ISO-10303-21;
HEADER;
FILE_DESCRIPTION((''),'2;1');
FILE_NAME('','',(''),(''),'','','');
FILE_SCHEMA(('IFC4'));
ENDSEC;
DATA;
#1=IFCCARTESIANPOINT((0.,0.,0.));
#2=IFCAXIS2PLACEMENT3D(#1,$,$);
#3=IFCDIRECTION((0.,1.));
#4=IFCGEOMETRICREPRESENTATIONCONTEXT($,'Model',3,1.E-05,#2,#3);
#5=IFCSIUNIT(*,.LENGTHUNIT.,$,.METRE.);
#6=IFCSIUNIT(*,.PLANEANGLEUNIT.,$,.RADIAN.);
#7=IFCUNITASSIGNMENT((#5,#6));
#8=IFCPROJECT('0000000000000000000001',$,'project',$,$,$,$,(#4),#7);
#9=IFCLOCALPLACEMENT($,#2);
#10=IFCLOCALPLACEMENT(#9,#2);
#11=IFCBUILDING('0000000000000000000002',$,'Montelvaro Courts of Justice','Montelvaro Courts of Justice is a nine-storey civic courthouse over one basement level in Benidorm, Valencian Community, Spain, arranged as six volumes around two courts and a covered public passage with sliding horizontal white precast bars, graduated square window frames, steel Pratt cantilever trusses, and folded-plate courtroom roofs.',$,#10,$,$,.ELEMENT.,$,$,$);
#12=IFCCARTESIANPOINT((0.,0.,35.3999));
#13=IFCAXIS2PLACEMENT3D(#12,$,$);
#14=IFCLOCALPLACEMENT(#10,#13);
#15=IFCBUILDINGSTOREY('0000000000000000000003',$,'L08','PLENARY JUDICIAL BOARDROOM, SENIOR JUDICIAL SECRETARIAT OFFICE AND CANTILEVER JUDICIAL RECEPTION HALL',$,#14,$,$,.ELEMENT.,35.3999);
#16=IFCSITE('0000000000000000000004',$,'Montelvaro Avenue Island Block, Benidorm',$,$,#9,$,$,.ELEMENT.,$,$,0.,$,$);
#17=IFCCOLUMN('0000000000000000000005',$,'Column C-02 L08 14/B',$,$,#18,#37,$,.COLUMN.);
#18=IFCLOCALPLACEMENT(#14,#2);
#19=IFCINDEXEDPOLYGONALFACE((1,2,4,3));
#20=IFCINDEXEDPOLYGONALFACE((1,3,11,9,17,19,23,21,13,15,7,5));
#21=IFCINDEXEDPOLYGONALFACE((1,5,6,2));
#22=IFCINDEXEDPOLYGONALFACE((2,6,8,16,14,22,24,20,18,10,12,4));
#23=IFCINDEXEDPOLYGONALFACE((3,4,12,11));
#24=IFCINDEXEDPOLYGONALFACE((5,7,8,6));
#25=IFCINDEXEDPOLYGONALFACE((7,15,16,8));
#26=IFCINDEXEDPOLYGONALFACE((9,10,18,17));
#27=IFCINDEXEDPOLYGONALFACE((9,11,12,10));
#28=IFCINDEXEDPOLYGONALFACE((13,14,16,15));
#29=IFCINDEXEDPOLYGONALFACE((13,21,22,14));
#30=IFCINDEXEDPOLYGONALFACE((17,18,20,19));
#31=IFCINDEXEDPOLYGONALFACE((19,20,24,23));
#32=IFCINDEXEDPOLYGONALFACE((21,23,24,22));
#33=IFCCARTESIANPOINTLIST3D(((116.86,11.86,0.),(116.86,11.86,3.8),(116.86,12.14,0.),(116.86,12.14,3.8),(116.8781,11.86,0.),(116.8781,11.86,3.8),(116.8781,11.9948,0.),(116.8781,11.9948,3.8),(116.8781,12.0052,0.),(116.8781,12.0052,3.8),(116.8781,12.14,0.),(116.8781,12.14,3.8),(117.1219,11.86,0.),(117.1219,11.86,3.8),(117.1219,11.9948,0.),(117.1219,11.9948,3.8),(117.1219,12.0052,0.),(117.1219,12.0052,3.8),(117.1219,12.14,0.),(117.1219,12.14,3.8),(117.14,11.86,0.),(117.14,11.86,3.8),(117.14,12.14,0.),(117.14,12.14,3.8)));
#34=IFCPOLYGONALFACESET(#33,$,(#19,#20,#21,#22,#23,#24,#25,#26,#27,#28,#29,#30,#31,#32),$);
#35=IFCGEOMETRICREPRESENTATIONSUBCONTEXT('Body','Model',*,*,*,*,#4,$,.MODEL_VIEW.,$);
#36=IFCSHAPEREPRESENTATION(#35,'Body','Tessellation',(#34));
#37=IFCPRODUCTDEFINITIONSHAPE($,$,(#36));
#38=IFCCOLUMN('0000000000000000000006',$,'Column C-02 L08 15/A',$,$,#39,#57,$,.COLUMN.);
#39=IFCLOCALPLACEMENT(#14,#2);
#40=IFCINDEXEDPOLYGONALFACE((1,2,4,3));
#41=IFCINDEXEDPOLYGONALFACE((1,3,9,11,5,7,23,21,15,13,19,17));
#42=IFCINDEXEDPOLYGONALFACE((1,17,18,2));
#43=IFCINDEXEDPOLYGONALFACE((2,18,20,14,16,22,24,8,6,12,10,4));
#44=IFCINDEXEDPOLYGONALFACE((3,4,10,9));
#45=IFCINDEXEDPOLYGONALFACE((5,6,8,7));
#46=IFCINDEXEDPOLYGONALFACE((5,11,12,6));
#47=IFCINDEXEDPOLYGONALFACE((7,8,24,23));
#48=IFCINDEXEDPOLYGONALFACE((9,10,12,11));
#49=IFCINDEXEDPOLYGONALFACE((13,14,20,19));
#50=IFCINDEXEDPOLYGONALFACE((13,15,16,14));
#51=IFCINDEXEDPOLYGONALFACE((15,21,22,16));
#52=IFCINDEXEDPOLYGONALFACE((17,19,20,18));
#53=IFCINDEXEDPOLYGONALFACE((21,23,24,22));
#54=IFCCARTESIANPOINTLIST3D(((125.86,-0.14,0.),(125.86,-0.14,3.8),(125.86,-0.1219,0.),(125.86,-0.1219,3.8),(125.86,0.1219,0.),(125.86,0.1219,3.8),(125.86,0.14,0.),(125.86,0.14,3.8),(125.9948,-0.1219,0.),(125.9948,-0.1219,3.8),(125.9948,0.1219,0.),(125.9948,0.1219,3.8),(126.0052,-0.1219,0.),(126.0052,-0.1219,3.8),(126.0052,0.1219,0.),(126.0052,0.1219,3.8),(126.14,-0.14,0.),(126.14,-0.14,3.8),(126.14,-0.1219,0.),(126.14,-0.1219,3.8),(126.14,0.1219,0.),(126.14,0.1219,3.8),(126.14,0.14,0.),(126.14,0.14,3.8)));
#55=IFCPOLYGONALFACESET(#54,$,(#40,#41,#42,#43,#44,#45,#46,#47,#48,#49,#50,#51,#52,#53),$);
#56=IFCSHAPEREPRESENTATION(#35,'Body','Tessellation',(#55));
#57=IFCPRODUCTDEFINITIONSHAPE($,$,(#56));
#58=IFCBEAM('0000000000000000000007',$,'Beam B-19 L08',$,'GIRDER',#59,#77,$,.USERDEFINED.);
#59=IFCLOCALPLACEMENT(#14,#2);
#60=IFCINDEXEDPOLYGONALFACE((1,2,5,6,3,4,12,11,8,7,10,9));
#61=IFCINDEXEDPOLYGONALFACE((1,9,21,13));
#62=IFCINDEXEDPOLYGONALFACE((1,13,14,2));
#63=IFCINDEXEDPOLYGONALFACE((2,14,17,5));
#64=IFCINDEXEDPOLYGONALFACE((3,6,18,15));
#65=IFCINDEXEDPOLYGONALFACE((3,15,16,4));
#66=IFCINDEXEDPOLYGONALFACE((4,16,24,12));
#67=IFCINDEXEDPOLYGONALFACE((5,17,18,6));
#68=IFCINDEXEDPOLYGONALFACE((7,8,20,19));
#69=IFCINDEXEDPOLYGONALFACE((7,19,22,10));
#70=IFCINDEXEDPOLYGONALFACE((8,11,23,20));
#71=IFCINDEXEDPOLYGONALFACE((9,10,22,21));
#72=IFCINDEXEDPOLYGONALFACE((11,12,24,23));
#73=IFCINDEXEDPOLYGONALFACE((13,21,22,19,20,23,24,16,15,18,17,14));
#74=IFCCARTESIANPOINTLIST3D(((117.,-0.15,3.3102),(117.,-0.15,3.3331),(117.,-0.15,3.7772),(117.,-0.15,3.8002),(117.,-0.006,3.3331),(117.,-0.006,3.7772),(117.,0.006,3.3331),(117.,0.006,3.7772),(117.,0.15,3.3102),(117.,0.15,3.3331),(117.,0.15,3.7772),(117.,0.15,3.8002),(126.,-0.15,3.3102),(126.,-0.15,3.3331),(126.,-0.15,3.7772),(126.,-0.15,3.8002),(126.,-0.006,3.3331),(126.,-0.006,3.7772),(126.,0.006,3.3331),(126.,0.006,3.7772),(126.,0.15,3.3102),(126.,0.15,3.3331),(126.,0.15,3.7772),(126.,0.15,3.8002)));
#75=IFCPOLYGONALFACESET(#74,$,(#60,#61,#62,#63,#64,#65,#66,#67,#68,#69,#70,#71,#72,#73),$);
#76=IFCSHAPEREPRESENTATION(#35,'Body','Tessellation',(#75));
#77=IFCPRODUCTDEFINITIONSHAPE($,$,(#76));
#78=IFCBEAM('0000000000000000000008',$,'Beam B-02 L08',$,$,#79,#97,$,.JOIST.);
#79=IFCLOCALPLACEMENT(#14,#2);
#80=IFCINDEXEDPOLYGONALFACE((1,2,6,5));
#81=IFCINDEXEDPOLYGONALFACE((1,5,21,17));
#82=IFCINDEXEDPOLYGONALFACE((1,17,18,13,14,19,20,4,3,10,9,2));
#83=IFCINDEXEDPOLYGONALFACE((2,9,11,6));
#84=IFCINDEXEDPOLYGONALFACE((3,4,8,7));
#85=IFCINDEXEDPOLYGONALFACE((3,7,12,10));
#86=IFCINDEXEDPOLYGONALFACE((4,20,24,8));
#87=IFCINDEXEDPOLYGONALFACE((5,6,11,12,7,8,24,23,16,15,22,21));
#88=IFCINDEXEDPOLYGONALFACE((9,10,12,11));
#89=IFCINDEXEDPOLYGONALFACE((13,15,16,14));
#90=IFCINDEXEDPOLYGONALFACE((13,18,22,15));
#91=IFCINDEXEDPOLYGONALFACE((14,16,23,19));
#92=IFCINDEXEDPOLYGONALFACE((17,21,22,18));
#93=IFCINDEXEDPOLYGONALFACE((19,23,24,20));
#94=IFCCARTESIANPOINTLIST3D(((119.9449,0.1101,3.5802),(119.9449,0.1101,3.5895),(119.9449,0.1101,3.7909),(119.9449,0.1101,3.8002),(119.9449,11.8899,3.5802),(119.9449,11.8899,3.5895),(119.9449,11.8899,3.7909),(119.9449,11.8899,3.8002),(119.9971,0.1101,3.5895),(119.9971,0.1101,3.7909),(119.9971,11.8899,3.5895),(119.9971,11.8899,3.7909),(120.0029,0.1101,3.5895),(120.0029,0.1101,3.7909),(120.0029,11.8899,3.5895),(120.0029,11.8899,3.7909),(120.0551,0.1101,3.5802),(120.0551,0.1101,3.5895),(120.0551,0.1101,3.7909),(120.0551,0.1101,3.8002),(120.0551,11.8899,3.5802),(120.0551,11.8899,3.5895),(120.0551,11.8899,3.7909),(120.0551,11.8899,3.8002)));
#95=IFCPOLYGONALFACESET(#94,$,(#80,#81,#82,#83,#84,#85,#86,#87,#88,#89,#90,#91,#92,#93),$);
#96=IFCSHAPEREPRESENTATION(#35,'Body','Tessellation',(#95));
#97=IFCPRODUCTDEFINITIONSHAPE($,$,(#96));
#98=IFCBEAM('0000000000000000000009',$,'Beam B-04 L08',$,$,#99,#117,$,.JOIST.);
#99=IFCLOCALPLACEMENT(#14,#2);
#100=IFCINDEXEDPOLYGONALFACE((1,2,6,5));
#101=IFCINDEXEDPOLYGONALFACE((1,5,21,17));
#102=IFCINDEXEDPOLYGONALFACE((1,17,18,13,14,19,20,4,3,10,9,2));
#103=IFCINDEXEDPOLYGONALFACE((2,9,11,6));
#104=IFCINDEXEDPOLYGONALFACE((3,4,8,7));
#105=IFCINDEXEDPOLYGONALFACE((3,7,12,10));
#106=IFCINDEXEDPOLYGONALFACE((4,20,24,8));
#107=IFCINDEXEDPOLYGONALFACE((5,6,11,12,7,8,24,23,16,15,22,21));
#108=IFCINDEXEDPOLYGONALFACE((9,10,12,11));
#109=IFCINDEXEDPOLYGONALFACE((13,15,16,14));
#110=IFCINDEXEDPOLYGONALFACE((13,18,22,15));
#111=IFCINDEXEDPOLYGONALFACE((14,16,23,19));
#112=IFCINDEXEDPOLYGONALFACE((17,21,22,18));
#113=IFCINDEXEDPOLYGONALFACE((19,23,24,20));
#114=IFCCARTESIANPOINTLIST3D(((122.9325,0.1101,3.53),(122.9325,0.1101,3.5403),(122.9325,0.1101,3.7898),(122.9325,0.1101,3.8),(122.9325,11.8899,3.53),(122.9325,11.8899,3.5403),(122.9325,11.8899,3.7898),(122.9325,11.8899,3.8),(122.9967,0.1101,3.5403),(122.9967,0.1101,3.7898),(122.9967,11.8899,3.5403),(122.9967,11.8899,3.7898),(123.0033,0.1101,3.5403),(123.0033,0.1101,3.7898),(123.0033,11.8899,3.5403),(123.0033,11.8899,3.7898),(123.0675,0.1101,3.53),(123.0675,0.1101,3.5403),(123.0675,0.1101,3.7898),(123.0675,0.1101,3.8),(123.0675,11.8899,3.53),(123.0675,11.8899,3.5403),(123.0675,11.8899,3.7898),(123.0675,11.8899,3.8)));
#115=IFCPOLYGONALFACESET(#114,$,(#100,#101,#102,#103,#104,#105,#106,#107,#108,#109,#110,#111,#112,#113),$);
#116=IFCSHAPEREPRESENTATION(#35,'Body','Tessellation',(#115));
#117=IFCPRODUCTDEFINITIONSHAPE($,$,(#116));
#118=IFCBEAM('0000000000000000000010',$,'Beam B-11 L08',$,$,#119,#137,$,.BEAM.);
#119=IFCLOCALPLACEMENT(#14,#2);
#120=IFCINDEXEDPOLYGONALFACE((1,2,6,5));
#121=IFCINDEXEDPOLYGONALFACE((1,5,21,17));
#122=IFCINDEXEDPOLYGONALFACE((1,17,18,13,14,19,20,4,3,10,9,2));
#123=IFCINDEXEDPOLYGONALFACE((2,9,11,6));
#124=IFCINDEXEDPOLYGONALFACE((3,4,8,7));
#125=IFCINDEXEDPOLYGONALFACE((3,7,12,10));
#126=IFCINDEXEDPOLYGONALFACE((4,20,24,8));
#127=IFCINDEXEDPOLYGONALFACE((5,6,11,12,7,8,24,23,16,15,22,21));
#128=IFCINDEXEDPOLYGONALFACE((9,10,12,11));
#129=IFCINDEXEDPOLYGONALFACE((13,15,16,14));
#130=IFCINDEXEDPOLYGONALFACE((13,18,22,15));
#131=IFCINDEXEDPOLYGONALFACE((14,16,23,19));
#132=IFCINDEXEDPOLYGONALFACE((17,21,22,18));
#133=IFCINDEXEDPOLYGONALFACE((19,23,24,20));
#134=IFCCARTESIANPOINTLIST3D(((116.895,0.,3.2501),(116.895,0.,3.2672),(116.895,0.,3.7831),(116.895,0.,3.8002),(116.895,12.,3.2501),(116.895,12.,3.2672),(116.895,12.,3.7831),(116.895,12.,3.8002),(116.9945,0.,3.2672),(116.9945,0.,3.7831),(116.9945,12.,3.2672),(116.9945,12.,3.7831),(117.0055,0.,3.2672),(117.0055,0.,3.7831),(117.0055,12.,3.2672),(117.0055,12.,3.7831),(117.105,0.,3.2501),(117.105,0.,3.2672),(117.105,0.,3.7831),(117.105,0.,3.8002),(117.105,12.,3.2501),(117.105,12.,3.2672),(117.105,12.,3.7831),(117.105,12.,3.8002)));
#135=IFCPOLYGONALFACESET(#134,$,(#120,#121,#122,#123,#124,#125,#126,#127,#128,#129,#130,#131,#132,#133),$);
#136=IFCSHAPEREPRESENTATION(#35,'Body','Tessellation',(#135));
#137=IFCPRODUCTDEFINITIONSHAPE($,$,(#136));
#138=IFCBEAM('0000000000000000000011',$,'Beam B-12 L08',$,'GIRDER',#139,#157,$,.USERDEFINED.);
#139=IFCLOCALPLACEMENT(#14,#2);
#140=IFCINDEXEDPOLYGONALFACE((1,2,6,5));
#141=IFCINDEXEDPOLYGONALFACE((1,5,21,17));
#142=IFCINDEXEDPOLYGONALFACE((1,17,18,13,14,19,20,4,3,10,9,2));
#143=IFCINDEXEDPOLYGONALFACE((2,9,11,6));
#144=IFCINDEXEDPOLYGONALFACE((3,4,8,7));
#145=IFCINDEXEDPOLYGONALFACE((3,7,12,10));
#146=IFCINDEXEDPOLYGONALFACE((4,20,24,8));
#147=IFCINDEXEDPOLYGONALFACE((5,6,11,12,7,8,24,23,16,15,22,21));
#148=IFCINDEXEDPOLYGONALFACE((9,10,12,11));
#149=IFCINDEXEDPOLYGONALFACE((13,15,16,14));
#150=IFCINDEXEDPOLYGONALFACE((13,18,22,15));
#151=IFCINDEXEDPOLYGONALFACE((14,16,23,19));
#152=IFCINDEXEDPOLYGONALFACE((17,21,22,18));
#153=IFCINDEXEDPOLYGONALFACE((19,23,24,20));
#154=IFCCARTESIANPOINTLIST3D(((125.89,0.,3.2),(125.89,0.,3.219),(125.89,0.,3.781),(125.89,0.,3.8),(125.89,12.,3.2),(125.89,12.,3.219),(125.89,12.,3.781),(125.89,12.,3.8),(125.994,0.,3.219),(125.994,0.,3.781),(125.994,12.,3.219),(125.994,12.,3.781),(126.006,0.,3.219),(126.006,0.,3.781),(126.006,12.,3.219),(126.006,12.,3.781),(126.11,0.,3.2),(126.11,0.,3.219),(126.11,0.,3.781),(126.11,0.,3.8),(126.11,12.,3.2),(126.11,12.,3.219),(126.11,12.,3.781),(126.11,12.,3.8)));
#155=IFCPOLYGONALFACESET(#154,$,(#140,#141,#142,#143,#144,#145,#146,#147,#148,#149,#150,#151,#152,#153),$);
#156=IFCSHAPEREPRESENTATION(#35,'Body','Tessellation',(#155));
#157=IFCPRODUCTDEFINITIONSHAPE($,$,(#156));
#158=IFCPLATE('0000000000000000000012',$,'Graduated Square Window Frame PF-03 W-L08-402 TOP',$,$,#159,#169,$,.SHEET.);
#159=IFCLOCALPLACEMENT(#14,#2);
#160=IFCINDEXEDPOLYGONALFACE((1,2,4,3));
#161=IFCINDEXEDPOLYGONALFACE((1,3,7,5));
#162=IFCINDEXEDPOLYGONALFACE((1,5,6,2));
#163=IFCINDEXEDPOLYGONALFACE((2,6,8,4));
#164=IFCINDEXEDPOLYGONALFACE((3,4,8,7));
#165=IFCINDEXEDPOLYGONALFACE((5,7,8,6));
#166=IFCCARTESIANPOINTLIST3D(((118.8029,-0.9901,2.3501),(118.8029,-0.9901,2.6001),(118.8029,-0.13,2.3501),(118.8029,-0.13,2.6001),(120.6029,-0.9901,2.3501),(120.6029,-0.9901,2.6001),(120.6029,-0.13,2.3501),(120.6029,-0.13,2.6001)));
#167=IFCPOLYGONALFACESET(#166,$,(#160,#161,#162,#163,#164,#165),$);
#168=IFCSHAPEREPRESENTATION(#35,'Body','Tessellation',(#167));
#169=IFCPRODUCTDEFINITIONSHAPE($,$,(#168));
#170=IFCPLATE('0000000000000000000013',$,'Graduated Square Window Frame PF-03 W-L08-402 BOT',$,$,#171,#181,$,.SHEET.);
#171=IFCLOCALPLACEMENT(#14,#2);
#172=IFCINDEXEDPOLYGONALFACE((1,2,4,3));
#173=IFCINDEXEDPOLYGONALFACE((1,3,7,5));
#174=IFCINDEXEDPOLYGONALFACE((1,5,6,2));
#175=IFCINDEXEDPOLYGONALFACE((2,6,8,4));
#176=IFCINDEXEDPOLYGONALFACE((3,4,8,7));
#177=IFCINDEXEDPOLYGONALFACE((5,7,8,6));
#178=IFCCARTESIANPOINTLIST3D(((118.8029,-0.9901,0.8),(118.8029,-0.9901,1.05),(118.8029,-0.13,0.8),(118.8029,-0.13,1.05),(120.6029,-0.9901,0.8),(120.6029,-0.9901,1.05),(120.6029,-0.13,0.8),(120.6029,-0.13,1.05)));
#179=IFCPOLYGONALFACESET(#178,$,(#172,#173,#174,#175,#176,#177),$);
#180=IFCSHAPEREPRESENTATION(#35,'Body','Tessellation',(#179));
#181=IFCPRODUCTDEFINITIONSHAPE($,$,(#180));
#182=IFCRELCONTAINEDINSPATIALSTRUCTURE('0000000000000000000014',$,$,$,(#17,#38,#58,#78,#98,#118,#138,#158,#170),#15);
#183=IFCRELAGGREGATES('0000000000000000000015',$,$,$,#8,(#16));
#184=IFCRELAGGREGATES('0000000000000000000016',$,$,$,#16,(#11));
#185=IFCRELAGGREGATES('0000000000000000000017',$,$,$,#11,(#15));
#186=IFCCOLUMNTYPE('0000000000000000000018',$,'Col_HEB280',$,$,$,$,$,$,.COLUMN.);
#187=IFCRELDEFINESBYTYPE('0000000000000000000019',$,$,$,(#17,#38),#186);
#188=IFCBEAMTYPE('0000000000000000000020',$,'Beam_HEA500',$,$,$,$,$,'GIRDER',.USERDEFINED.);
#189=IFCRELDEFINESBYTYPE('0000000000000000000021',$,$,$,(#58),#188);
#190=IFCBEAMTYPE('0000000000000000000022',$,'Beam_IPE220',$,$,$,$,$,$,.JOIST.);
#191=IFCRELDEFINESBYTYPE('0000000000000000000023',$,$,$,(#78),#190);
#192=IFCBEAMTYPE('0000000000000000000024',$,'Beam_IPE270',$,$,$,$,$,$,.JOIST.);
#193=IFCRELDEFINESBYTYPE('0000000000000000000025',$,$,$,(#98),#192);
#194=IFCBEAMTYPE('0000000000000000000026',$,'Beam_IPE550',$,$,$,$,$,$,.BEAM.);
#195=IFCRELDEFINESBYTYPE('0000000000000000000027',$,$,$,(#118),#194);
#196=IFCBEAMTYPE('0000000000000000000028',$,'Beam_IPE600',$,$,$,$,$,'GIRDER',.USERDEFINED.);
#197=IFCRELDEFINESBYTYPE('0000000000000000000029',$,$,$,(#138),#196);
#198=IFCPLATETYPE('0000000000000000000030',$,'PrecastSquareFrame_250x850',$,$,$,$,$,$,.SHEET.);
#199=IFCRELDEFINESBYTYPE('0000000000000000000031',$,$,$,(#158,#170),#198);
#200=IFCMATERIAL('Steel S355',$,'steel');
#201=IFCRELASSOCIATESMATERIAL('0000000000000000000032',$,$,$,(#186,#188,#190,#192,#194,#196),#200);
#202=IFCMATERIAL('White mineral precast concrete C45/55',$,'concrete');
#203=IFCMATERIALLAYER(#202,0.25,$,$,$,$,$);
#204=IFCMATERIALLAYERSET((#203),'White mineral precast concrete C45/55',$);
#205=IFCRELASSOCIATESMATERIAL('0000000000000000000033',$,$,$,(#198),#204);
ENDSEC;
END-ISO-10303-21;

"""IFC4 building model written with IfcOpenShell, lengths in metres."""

from ifc_helpers import new_model, si_unit, direction, frame, origin, origin_2d, place, context, subcontext, project, spatial, rectangle, i_section, extrude, material, layer, layer_set, material_profile, profile_set, type_object, element, save


model = new_model("IFC4")

# Units and contexts
model_context = context("Model", 3, precision=1e-05, world=origin(), true_north=direction((0.0, 1.0)))
body_context = subcontext(model_context, "Body", "Model", "MODEL_VIEW")
ifc_project = project(units=[si_unit("LENGTHUNIT", "METRE"), si_unit("PLANEANGLEUNIT", "RADIAN")], contexts=[model_context])

# Site, building, storey
site_placement = place(None, origin())
site = spatial("IfcSite", under=ifc_project, at=site_placement, Name="Montelvaro Avenue Island Block, Benidorm", CompositionType="ELEMENT", RefElevation=0.0)
building_placement = place(site_placement, origin())
building = spatial("IfcBuilding", under=site, at=building_placement, Name="Montelvaro Courts of Justice", Description="Montelvaro Courts of Justice is a nine-storey civic courthouse over one basement level in Benidorm, Valencian Community, Spain, arranged as six volumes around two courts and a covered public passage with sliding horizontal white precast bars, graduated square window frames, steel Pratt cantilever trusses, and folded-plate courtroom roofs.", CompositionType="ELEMENT")
storey_placement = place(building_placement, frame((0.0, 0.0, 35.3999)))
storey = spatial("IfcBuildingStorey", under=building, at=storey_placement, Name="L08", Description="PLENARY JUDICIAL BOARDROOM, SENIOR JUDICIAL SECRETARIAT OFFICE AND CANTILEVER JUDICIAL RECEPTION HALL", CompositionType="ELEMENT", Elevation=35.3999)

# Columns
ifc_material_1 = material(Name="Steel S355", Category="steel")
ifc_material_profile_1 = material_profile(ifc_material_1, i_section(OverallWidth=0.28, OverallDepth=0.28, WebThickness=0.0105, FlangeThickness=0.0181, at=origin_2d()), Name="HEB 280")
ifc_profile_set_1 = profile_set([ifc_material_profile_1], Name="Steel S355")
column_type = type_object("IfcColumnType", Name="Col_HEB280", PredefinedType="COLUMN", material=ifc_profile_set_1)
for number, where, z_axis, x_axis, name in (
    (1, (117.0, 12.0, 0.0), (0.0, 0.0, 1.0), (0.0, 1.0, 0.0), "Column C-02 L08 14/B"),
    (2, (126.0, 0.0, 0.0), (0.0, 0.0, 1.0), (1.0, 0.0, 0.0), "Column C-02 L08 15/A"),
):
    element("IfcColumn", number, at=place(storey_placement, frame(where, z_axis=z_axis, x_axis=x_axis)), inside=storey, type_object=column_type, Name=name, PredefinedType="COLUMN", context=body_context, shape_type="SweptSolid", body=[
        extrude(i_section(OverallWidth=0.28, OverallDepth=0.28, WebThickness=0.0105, FlangeThickness=0.0181, at=origin_2d()), origin(), (0.0, 0.0, 1.0), 3.8),
    ])

# Beams
ifc_material_profile_2 = material_profile(ifc_material_1, i_section(OverallWidth=0.3, OverallDepth=0.49, WebThickness=0.012, FlangeThickness=0.0229, at=origin_2d()), Name="HEA 500")
ifc_profile_set_2 = profile_set([ifc_material_profile_2], Name="Steel S355")
beam_type_1 = type_object("IfcBeamType", Name="Beam_HEA500", ElementType="GIRDER", PredefinedType="USERDEFINED", material=ifc_profile_set_2)
beam_1_placement = place(storey_placement, frame((117.0, 0.0, 3.5552), z_axis=(1.0, 0.0, 0.0), x_axis=(0.0, 1.0, 0.0)))
element("IfcBeam", 3, at=beam_1_placement, inside=storey, type_object=beam_type_1, Name="Beam B-19 L08", ObjectType="GIRDER", PredefinedType="USERDEFINED", context=body_context, shape_type="SweptSolid", body=[
    extrude(i_section(OverallWidth=0.3, OverallDepth=0.49, WebThickness=0.012, FlangeThickness=0.0229, at=origin_2d()), origin(), (0.0, 0.0, 1.0), 9.0),
])
ifc_material_profile_3 = material_profile(ifc_material_1, i_section(OverallWidth=0.1101, OverallDepth=0.22, WebThickness=0.0059, FlangeThickness=0.0093, at=origin_2d()), Name="IPE 220")
ifc_profile_set_3 = profile_set([ifc_material_profile_3], Name="Steel S355")
beam_type_2 = type_object("IfcBeamType", Name="Beam_IPE220", PredefinedType="JOIST", material=ifc_profile_set_3)
beam_2_placement = place(storey_placement, frame((120.0, 0.1101, 3.6902), z_axis=(0.0, 1.0, 0.0), x_axis=(-1.0, 0.0, 0.0)))
element("IfcBeam", 4, at=beam_2_placement, inside=storey, type_object=beam_type_2, Name="Beam B-02 L08", PredefinedType="JOIST", context=body_context, shape_type="SweptSolid", body=[
    extrude(i_section(OverallWidth=0.1101, OverallDepth=0.22, WebThickness=0.0059, FlangeThickness=0.0093, at=origin_2d()), origin(), (0.0, 0.0, 1.0), 11.7798),
])
ifc_material_profile_4 = material_profile(ifc_material_1, i_section(OverallWidth=0.135, OverallDepth=0.27, WebThickness=0.0066, FlangeThickness=0.0103, at=origin_2d()), Name="IPE 270")
ifc_profile_set_4 = profile_set([ifc_material_profile_4], Name="Steel S355")
beam_type_3 = type_object("IfcBeamType", Name="Beam_IPE270", PredefinedType="JOIST", material=ifc_profile_set_4)
beam_3_placement = place(storey_placement, frame((123.0, 0.1101, 3.665), z_axis=(0.0, 1.0, 0.0), x_axis=(-1.0, 0.0, 0.0)))
element("IfcBeam", 5, at=beam_3_placement, inside=storey, type_object=beam_type_3, Name="Beam B-04 L08", PredefinedType="JOIST", context=body_context, shape_type="SweptSolid", body=[
    extrude(i_section(OverallWidth=0.135, OverallDepth=0.27, WebThickness=0.0066, FlangeThickness=0.0103, at=origin_2d()), origin(), (0.0, 0.0, 1.0), 11.7798),
])
ifc_material_profile_5 = material_profile(ifc_material_1, i_section(OverallWidth=0.21, OverallDepth=0.55, WebThickness=0.011, FlangeThickness=0.0171, at=origin_2d()), Name="IPE 550")
ifc_profile_set_5 = profile_set([ifc_material_profile_5], Name="Steel S355")
beam_type_4 = type_object("IfcBeamType", Name="Beam_IPE550", PredefinedType="BEAM", material=ifc_profile_set_5)
beam_4_placement = place(storey_placement, frame((117.0, 0.0, 3.5251), z_axis=(0.0, 1.0, 0.0), x_axis=(-1.0, 0.0, 0.0)))
element("IfcBeam", 6, at=beam_4_placement, inside=storey, type_object=beam_type_4, Name="Beam B-11 L08", PredefinedType="BEAM", context=body_context, shape_type="SweptSolid", body=[
    extrude(i_section(OverallWidth=0.21, OverallDepth=0.55, WebThickness=0.011, FlangeThickness=0.0171, at=origin_2d()), origin(), (0.0, 0.0, 1.0), 12.0),
])
ifc_material_profile_6 = material_profile(ifc_material_1, i_section(OverallWidth=0.22, OverallDepth=0.6001, WebThickness=0.012, FlangeThickness=0.019, at=origin_2d()), Name="IPE 600")
ifc_profile_set_6 = profile_set([ifc_material_profile_6], Name="Steel S355")
beam_type_5 = type_object("IfcBeamType", Name="Beam_IPE600", ElementType="GIRDER", PredefinedType="USERDEFINED", material=ifc_profile_set_6)
beam_5_placement = place(storey_placement, frame((126.0, 0.0, 3.5), z_axis=(0.0, 1.0, 0.0), x_axis=(-1.0, 0.0, 0.0)))
element("IfcBeam", 7, at=beam_5_placement, inside=storey, type_object=beam_type_5, Name="Beam B-12 L08", ObjectType="GIRDER", PredefinedType="USERDEFINED", context=body_context, shape_type="SweptSolid", body=[
    extrude(i_section(OverallWidth=0.22, OverallDepth=0.6001, WebThickness=0.012, FlangeThickness=0.019, at=origin_2d()), origin(), (0.0, 0.0, 1.0), 12.0),
])

# Plates
ifc_material_2 = material(Name="White mineral precast concrete C45/55", Category="concrete")
ifc_layer_1 = layer(ifc_material_2, 0.25)
ifc_layer_set_1 = layer_set([ifc_layer_1], Name="White mineral precast concrete C45/55")
plate_type = type_object("IfcPlateType", Name="PrecastSquareFrame_250x850", PredefinedType="SHEET", material=ifc_layer_set_1)
for number, where, z_axis, x_axis, name in (
    (8, (119.7029, -0.5601, 2.3501), (0.0, 0.0, 1.0), (1.0, 0.0, 0.0), "Graduated Square Window Frame PF-03 W-L08-402 TOP"),
    (9, (119.7029, -0.5601, 0.8), (0.0, 0.0, 1.0), (1.0, 0.0, 0.0), "Graduated Square Window Frame PF-03 W-L08-402 BOT"),
):
    element("IfcPlate", number, at=place(storey_placement, frame(where, z_axis=z_axis, x_axis=x_axis)), inside=storey, type_object=plate_type, Name=name, PredefinedType="SHEET", context=body_context, shape_type="SweptSolid", body=[
        extrude(rectangle(XDim=1.8, YDim=0.8601, at=origin_2d()), origin(), (0.0, 0.0, 1.0), 0.25),
    ])

save(model, "model.ifc")
